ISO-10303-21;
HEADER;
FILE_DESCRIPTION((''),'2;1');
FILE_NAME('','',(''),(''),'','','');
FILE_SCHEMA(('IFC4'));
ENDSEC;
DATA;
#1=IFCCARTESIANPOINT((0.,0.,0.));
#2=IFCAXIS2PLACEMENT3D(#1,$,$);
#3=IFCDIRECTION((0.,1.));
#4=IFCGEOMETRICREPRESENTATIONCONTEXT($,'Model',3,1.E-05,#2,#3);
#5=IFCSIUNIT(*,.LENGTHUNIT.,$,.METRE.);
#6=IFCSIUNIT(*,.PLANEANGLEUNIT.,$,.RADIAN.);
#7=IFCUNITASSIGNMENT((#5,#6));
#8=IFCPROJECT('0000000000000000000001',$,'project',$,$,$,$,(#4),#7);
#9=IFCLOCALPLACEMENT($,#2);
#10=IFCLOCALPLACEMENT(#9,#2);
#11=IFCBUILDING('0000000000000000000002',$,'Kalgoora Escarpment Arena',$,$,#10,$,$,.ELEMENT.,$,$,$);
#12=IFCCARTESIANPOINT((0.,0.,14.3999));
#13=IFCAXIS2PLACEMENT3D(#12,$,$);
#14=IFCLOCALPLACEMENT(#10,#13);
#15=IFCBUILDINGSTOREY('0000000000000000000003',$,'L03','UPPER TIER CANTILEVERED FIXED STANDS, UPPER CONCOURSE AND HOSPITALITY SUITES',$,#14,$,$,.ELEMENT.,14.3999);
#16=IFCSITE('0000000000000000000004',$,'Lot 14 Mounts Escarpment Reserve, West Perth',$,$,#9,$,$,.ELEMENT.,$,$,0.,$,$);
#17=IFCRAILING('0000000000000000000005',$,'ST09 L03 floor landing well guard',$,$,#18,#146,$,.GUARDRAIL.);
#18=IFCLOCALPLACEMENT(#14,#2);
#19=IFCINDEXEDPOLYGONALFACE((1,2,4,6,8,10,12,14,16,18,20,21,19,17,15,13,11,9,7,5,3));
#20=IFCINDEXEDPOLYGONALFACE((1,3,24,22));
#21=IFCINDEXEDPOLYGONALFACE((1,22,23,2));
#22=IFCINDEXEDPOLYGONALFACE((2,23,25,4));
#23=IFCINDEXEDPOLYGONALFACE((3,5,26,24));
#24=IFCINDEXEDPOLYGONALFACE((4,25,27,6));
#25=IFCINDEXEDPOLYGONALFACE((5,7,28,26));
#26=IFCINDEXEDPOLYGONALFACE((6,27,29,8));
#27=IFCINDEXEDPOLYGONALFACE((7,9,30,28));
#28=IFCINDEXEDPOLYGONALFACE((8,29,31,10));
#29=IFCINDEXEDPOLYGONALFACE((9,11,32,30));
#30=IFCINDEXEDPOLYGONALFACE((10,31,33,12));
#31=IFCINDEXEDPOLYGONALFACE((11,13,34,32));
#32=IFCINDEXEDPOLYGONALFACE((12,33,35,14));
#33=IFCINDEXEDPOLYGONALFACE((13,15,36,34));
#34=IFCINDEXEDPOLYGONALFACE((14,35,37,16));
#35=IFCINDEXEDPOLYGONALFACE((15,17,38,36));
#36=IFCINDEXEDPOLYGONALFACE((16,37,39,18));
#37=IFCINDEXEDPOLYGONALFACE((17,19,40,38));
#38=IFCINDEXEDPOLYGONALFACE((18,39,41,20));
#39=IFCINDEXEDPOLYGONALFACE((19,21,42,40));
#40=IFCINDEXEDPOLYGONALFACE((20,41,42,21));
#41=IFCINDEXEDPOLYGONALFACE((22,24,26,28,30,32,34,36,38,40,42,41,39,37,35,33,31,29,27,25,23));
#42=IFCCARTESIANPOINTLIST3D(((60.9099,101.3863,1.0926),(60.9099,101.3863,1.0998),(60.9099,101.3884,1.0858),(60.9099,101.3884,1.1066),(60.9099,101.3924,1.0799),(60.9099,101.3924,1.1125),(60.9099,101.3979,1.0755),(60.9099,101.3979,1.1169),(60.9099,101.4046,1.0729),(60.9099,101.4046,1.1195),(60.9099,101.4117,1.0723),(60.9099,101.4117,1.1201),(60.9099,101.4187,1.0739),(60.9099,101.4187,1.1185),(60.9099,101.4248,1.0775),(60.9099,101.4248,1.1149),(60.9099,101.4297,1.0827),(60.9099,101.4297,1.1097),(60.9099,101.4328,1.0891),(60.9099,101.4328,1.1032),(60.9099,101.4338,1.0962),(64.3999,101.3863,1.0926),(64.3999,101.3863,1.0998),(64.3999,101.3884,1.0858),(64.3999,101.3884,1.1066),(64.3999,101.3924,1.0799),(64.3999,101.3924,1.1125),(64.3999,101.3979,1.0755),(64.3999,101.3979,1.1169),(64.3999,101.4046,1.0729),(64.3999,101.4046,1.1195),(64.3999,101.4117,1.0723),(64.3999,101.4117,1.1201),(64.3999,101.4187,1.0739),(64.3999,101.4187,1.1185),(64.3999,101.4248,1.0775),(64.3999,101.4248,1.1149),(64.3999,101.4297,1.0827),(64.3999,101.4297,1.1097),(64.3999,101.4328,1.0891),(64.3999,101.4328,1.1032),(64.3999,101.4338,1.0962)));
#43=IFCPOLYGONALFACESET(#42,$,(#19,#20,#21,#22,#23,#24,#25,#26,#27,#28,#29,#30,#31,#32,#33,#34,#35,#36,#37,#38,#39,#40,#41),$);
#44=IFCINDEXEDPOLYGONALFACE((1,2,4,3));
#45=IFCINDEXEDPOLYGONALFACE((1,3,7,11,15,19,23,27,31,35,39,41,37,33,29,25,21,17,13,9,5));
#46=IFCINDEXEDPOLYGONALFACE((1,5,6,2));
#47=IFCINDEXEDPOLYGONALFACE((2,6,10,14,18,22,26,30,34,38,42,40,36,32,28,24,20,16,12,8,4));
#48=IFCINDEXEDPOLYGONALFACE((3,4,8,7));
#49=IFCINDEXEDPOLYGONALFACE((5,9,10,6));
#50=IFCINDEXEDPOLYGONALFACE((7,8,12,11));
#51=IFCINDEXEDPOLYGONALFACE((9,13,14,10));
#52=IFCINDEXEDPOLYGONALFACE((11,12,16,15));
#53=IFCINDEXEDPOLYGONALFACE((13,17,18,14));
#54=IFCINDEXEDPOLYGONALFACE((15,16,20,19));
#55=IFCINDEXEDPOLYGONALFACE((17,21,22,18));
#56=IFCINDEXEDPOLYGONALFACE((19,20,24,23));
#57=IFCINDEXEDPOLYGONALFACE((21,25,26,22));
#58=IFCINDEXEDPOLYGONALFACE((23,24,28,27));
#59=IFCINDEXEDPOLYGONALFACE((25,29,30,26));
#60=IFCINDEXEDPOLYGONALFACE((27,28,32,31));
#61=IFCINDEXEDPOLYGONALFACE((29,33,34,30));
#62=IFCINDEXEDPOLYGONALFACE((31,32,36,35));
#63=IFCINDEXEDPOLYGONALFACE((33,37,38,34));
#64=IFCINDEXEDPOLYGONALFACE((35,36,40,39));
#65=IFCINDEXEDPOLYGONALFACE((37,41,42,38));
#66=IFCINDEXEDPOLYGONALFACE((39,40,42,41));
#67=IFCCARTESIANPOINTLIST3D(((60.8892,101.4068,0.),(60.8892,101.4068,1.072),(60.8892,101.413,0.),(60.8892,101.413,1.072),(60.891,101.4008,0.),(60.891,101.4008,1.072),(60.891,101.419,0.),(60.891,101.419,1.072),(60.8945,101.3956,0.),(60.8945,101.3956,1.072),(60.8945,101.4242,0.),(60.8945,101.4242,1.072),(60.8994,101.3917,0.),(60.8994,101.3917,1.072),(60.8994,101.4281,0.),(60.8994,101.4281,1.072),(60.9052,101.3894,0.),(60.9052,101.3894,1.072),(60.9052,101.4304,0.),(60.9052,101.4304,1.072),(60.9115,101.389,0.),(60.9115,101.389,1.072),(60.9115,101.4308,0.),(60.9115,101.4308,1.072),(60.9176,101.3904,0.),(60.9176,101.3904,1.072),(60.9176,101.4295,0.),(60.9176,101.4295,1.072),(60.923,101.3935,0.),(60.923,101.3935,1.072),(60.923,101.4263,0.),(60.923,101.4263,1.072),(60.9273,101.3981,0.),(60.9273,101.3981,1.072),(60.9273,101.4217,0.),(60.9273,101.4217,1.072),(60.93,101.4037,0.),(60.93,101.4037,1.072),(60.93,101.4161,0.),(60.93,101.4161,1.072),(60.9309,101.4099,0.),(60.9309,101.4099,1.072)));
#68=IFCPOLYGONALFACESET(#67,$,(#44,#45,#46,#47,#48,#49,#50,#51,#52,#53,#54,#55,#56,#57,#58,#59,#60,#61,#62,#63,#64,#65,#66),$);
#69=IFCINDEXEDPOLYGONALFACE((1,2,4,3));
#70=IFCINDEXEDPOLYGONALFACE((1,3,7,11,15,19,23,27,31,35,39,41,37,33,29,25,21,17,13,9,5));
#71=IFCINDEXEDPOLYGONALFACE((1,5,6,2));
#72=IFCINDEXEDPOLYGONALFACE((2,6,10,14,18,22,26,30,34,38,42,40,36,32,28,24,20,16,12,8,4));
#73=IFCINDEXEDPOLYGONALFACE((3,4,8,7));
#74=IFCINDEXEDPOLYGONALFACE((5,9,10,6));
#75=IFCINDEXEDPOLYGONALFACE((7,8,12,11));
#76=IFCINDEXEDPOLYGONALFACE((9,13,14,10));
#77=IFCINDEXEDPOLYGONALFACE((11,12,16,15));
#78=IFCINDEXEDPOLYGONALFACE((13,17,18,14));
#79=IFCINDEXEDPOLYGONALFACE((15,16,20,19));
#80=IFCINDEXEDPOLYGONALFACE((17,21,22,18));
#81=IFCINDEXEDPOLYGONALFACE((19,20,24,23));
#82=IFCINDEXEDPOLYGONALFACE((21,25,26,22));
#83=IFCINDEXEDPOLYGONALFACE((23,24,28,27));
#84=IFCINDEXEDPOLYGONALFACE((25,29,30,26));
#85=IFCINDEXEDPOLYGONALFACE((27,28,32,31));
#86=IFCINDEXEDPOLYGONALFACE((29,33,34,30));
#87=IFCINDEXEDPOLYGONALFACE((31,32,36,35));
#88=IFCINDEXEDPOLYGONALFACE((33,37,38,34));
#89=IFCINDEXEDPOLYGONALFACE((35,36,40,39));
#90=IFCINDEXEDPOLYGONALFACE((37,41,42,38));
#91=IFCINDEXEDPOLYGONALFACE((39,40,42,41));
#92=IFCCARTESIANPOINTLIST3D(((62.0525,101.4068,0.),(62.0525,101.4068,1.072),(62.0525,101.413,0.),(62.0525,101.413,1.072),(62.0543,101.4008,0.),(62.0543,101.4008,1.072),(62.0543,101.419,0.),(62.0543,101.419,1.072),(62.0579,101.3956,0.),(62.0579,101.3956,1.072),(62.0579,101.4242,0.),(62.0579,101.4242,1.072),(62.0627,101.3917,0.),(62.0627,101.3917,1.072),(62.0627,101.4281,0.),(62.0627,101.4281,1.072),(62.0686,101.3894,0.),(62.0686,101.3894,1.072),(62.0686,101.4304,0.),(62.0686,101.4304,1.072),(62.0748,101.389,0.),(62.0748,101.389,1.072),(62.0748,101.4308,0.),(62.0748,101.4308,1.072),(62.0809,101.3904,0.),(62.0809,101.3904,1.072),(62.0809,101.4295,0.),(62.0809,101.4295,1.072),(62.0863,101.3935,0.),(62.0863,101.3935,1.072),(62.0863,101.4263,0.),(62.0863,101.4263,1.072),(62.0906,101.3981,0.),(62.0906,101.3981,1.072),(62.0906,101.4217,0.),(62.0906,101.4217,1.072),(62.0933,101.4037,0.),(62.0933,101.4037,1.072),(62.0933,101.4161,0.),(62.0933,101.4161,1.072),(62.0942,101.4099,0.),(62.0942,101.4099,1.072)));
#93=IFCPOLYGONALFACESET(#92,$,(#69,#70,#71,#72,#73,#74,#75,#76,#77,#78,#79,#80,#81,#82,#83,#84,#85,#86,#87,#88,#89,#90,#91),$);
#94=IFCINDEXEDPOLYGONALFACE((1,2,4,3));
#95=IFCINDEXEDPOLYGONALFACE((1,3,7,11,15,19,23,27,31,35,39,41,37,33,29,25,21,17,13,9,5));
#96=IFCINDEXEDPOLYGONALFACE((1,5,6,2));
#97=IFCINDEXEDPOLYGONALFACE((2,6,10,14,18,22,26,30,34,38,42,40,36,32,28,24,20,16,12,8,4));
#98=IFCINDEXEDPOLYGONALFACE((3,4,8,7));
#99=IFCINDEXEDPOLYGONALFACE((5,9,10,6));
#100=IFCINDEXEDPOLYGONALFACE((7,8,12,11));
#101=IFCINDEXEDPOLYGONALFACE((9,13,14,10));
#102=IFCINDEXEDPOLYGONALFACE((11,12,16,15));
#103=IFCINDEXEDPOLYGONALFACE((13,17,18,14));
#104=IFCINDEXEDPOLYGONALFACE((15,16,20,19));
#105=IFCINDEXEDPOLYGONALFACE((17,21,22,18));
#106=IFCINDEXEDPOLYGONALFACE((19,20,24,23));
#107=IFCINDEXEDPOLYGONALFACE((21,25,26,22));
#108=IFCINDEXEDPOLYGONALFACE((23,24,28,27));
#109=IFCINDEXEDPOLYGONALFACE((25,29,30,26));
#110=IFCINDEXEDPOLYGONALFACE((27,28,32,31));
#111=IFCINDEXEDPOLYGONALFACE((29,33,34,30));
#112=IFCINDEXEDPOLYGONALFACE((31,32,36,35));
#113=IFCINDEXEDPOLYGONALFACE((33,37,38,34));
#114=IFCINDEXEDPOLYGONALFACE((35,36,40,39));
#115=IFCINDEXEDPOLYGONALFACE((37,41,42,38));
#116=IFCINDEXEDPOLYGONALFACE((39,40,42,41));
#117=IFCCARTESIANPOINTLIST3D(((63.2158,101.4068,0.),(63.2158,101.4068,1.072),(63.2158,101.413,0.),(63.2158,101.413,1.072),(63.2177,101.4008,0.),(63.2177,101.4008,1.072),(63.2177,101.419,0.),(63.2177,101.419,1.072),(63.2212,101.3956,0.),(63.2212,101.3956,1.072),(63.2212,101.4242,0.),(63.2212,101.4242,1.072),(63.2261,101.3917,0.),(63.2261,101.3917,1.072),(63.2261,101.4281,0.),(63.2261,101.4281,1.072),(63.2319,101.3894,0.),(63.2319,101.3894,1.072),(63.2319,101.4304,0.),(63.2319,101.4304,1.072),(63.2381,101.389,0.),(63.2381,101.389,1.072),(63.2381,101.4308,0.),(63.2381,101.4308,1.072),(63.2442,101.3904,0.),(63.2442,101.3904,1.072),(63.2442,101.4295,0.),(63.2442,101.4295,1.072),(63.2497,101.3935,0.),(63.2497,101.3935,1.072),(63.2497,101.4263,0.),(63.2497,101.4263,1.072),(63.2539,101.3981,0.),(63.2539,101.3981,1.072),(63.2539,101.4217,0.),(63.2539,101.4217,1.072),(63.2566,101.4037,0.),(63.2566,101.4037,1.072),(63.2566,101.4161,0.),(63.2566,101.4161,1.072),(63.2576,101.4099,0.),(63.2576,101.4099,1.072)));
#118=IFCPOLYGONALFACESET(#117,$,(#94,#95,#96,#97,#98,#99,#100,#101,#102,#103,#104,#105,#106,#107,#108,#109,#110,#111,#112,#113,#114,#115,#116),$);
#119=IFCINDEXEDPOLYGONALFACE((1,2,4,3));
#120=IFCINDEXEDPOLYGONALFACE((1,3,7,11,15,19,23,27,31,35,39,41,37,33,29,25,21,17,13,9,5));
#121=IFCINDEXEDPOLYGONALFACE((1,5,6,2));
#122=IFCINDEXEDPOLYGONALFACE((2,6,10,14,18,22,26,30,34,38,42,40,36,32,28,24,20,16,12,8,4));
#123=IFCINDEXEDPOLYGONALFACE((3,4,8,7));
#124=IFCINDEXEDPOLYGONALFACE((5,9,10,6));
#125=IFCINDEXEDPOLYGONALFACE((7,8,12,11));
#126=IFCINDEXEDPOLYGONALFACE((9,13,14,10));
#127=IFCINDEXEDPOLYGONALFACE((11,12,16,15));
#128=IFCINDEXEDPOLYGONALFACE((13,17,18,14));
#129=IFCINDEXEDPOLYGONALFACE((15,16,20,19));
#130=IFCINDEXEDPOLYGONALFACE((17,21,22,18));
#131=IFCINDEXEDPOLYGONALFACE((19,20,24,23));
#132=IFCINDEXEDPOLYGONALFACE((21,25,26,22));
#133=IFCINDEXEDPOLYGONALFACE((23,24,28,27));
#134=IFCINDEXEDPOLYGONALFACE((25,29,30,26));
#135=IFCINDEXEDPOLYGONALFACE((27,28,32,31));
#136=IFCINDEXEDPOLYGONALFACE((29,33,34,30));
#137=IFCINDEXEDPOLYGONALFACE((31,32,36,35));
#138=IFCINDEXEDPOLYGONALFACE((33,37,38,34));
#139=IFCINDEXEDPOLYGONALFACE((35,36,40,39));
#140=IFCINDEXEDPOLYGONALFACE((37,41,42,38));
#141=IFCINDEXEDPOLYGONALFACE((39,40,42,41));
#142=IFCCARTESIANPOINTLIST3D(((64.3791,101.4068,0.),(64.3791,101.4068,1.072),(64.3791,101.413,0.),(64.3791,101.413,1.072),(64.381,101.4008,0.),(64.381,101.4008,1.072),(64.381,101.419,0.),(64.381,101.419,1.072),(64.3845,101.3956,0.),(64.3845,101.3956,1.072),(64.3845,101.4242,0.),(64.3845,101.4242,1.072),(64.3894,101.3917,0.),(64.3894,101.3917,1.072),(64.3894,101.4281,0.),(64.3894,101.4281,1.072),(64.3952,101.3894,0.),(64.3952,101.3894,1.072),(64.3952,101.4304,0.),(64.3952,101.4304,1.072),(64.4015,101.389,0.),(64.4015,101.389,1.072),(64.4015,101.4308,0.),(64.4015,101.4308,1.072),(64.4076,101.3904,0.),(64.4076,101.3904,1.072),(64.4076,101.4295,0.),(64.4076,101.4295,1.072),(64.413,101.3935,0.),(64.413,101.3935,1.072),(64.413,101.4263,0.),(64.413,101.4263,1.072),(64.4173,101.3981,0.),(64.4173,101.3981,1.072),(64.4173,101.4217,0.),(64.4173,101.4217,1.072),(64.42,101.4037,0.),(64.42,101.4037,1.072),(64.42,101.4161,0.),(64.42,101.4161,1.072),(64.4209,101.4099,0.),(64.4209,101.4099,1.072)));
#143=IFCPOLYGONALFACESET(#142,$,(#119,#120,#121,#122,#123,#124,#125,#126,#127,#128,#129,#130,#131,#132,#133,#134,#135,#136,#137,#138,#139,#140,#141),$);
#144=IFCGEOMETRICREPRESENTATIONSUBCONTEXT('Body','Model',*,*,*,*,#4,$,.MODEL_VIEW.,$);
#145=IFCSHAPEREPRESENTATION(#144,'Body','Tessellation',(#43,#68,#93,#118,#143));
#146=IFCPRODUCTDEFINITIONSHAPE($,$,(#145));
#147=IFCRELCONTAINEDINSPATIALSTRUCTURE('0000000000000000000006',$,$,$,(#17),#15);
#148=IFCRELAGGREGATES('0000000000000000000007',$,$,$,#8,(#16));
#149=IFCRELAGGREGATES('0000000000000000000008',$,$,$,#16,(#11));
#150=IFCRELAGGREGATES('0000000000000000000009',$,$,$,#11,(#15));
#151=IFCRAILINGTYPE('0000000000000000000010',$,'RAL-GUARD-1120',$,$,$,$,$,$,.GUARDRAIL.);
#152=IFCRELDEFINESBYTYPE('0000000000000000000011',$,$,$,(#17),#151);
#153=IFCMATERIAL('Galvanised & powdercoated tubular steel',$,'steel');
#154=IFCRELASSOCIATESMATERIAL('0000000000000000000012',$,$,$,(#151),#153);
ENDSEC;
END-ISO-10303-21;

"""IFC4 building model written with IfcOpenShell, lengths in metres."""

from ifc_helpers import new_model, si_unit, direction, frame, origin, origin_2d, place, context, subcontext, project, spatial, circle, extrude, material, type_object, element, save


model = new_model("IFC4")

# Units and contexts
model_context = context("Model", 3, precision=1e-05, world=origin(), true_north=direction((0.0, 1.0)))
body_context = subcontext(model_context, "Body", "Model", "MODEL_VIEW")
ifc_project = project(units=[si_unit("LENGTHUNIT", "METRE"), si_unit("PLANEANGLEUNIT", "RADIAN")], contexts=[model_context])

# Site, building, storey
site_placement = place(None, origin())
site = spatial("IfcSite", under=ifc_project, at=site_placement, Name="Lot 14 Mounts Escarpment Reserve, West Perth", CompositionType="ELEMENT", RefElevation=0.0)
building_placement = place(site_placement, origin())
building = spatial("IfcBuilding", under=site, at=building_placement, Name="Kalgoora Escarpment Arena", CompositionType="ELEMENT")
storey_placement = place(building_placement, frame((0.0, 0.0, 14.3999)))
storey = spatial("IfcBuildingStorey", under=building, at=storey_placement, Name="L03", Description="UPPER TIER CANTILEVERED FIXED STANDS, UPPER CONCOURSE AND HOSPITALITY SUITES", CompositionType="ELEMENT", Elevation=14.3999)

# Railing
ifc_material_1 = material(Name="Galvanised & powdercoated tubular steel", Category="steel")
railing_type_1 = type_object("IfcRailingType", Name="RAL-GUARD-1120", PredefinedType="GUARDRAIL", material=ifc_material_1)
railing_1_placement = place(storey_placement, frame((60.9099, 101.4099, 0.0)))
element("IfcRailing", 1, at=railing_1_placement, inside=storey, type_object=railing_type_1, Name="ST09 L03 floor landing well guard", PredefinedType="GUARDRAIL", context=body_context, shape_type="SweptSolid", body=[
    extrude(circle(Radius=0.0239, at=origin_2d()), frame((0.0, 0.0, 1.0962), z_axis=(1.0, 0.0, 0.0), x_axis=(0.0, 1.0, 0.0)), (0.0, 0.0, 1.0), 3.49),
    extrude(circle(Radius=0.021, at=origin_2d()), origin(), (0.0, 0.0, 1.0), 1.072),
    extrude(circle(Radius=0.021, at=origin_2d()), frame((1.1633, 0.0, 0.0)), (0.0, 0.0, 1.0), 1.072),
    extrude(circle(Radius=0.021, at=origin_2d()), frame((2.3267, 0.0, 0.0)), (0.0, 0.0, 1.0), 1.072),
    extrude(circle(Radius=0.021, at=origin_2d()), frame((3.49, 0.0, 0.0)), (0.0, 0.0, 1.0), 1.072),
])

save(model, "model.ifc")
